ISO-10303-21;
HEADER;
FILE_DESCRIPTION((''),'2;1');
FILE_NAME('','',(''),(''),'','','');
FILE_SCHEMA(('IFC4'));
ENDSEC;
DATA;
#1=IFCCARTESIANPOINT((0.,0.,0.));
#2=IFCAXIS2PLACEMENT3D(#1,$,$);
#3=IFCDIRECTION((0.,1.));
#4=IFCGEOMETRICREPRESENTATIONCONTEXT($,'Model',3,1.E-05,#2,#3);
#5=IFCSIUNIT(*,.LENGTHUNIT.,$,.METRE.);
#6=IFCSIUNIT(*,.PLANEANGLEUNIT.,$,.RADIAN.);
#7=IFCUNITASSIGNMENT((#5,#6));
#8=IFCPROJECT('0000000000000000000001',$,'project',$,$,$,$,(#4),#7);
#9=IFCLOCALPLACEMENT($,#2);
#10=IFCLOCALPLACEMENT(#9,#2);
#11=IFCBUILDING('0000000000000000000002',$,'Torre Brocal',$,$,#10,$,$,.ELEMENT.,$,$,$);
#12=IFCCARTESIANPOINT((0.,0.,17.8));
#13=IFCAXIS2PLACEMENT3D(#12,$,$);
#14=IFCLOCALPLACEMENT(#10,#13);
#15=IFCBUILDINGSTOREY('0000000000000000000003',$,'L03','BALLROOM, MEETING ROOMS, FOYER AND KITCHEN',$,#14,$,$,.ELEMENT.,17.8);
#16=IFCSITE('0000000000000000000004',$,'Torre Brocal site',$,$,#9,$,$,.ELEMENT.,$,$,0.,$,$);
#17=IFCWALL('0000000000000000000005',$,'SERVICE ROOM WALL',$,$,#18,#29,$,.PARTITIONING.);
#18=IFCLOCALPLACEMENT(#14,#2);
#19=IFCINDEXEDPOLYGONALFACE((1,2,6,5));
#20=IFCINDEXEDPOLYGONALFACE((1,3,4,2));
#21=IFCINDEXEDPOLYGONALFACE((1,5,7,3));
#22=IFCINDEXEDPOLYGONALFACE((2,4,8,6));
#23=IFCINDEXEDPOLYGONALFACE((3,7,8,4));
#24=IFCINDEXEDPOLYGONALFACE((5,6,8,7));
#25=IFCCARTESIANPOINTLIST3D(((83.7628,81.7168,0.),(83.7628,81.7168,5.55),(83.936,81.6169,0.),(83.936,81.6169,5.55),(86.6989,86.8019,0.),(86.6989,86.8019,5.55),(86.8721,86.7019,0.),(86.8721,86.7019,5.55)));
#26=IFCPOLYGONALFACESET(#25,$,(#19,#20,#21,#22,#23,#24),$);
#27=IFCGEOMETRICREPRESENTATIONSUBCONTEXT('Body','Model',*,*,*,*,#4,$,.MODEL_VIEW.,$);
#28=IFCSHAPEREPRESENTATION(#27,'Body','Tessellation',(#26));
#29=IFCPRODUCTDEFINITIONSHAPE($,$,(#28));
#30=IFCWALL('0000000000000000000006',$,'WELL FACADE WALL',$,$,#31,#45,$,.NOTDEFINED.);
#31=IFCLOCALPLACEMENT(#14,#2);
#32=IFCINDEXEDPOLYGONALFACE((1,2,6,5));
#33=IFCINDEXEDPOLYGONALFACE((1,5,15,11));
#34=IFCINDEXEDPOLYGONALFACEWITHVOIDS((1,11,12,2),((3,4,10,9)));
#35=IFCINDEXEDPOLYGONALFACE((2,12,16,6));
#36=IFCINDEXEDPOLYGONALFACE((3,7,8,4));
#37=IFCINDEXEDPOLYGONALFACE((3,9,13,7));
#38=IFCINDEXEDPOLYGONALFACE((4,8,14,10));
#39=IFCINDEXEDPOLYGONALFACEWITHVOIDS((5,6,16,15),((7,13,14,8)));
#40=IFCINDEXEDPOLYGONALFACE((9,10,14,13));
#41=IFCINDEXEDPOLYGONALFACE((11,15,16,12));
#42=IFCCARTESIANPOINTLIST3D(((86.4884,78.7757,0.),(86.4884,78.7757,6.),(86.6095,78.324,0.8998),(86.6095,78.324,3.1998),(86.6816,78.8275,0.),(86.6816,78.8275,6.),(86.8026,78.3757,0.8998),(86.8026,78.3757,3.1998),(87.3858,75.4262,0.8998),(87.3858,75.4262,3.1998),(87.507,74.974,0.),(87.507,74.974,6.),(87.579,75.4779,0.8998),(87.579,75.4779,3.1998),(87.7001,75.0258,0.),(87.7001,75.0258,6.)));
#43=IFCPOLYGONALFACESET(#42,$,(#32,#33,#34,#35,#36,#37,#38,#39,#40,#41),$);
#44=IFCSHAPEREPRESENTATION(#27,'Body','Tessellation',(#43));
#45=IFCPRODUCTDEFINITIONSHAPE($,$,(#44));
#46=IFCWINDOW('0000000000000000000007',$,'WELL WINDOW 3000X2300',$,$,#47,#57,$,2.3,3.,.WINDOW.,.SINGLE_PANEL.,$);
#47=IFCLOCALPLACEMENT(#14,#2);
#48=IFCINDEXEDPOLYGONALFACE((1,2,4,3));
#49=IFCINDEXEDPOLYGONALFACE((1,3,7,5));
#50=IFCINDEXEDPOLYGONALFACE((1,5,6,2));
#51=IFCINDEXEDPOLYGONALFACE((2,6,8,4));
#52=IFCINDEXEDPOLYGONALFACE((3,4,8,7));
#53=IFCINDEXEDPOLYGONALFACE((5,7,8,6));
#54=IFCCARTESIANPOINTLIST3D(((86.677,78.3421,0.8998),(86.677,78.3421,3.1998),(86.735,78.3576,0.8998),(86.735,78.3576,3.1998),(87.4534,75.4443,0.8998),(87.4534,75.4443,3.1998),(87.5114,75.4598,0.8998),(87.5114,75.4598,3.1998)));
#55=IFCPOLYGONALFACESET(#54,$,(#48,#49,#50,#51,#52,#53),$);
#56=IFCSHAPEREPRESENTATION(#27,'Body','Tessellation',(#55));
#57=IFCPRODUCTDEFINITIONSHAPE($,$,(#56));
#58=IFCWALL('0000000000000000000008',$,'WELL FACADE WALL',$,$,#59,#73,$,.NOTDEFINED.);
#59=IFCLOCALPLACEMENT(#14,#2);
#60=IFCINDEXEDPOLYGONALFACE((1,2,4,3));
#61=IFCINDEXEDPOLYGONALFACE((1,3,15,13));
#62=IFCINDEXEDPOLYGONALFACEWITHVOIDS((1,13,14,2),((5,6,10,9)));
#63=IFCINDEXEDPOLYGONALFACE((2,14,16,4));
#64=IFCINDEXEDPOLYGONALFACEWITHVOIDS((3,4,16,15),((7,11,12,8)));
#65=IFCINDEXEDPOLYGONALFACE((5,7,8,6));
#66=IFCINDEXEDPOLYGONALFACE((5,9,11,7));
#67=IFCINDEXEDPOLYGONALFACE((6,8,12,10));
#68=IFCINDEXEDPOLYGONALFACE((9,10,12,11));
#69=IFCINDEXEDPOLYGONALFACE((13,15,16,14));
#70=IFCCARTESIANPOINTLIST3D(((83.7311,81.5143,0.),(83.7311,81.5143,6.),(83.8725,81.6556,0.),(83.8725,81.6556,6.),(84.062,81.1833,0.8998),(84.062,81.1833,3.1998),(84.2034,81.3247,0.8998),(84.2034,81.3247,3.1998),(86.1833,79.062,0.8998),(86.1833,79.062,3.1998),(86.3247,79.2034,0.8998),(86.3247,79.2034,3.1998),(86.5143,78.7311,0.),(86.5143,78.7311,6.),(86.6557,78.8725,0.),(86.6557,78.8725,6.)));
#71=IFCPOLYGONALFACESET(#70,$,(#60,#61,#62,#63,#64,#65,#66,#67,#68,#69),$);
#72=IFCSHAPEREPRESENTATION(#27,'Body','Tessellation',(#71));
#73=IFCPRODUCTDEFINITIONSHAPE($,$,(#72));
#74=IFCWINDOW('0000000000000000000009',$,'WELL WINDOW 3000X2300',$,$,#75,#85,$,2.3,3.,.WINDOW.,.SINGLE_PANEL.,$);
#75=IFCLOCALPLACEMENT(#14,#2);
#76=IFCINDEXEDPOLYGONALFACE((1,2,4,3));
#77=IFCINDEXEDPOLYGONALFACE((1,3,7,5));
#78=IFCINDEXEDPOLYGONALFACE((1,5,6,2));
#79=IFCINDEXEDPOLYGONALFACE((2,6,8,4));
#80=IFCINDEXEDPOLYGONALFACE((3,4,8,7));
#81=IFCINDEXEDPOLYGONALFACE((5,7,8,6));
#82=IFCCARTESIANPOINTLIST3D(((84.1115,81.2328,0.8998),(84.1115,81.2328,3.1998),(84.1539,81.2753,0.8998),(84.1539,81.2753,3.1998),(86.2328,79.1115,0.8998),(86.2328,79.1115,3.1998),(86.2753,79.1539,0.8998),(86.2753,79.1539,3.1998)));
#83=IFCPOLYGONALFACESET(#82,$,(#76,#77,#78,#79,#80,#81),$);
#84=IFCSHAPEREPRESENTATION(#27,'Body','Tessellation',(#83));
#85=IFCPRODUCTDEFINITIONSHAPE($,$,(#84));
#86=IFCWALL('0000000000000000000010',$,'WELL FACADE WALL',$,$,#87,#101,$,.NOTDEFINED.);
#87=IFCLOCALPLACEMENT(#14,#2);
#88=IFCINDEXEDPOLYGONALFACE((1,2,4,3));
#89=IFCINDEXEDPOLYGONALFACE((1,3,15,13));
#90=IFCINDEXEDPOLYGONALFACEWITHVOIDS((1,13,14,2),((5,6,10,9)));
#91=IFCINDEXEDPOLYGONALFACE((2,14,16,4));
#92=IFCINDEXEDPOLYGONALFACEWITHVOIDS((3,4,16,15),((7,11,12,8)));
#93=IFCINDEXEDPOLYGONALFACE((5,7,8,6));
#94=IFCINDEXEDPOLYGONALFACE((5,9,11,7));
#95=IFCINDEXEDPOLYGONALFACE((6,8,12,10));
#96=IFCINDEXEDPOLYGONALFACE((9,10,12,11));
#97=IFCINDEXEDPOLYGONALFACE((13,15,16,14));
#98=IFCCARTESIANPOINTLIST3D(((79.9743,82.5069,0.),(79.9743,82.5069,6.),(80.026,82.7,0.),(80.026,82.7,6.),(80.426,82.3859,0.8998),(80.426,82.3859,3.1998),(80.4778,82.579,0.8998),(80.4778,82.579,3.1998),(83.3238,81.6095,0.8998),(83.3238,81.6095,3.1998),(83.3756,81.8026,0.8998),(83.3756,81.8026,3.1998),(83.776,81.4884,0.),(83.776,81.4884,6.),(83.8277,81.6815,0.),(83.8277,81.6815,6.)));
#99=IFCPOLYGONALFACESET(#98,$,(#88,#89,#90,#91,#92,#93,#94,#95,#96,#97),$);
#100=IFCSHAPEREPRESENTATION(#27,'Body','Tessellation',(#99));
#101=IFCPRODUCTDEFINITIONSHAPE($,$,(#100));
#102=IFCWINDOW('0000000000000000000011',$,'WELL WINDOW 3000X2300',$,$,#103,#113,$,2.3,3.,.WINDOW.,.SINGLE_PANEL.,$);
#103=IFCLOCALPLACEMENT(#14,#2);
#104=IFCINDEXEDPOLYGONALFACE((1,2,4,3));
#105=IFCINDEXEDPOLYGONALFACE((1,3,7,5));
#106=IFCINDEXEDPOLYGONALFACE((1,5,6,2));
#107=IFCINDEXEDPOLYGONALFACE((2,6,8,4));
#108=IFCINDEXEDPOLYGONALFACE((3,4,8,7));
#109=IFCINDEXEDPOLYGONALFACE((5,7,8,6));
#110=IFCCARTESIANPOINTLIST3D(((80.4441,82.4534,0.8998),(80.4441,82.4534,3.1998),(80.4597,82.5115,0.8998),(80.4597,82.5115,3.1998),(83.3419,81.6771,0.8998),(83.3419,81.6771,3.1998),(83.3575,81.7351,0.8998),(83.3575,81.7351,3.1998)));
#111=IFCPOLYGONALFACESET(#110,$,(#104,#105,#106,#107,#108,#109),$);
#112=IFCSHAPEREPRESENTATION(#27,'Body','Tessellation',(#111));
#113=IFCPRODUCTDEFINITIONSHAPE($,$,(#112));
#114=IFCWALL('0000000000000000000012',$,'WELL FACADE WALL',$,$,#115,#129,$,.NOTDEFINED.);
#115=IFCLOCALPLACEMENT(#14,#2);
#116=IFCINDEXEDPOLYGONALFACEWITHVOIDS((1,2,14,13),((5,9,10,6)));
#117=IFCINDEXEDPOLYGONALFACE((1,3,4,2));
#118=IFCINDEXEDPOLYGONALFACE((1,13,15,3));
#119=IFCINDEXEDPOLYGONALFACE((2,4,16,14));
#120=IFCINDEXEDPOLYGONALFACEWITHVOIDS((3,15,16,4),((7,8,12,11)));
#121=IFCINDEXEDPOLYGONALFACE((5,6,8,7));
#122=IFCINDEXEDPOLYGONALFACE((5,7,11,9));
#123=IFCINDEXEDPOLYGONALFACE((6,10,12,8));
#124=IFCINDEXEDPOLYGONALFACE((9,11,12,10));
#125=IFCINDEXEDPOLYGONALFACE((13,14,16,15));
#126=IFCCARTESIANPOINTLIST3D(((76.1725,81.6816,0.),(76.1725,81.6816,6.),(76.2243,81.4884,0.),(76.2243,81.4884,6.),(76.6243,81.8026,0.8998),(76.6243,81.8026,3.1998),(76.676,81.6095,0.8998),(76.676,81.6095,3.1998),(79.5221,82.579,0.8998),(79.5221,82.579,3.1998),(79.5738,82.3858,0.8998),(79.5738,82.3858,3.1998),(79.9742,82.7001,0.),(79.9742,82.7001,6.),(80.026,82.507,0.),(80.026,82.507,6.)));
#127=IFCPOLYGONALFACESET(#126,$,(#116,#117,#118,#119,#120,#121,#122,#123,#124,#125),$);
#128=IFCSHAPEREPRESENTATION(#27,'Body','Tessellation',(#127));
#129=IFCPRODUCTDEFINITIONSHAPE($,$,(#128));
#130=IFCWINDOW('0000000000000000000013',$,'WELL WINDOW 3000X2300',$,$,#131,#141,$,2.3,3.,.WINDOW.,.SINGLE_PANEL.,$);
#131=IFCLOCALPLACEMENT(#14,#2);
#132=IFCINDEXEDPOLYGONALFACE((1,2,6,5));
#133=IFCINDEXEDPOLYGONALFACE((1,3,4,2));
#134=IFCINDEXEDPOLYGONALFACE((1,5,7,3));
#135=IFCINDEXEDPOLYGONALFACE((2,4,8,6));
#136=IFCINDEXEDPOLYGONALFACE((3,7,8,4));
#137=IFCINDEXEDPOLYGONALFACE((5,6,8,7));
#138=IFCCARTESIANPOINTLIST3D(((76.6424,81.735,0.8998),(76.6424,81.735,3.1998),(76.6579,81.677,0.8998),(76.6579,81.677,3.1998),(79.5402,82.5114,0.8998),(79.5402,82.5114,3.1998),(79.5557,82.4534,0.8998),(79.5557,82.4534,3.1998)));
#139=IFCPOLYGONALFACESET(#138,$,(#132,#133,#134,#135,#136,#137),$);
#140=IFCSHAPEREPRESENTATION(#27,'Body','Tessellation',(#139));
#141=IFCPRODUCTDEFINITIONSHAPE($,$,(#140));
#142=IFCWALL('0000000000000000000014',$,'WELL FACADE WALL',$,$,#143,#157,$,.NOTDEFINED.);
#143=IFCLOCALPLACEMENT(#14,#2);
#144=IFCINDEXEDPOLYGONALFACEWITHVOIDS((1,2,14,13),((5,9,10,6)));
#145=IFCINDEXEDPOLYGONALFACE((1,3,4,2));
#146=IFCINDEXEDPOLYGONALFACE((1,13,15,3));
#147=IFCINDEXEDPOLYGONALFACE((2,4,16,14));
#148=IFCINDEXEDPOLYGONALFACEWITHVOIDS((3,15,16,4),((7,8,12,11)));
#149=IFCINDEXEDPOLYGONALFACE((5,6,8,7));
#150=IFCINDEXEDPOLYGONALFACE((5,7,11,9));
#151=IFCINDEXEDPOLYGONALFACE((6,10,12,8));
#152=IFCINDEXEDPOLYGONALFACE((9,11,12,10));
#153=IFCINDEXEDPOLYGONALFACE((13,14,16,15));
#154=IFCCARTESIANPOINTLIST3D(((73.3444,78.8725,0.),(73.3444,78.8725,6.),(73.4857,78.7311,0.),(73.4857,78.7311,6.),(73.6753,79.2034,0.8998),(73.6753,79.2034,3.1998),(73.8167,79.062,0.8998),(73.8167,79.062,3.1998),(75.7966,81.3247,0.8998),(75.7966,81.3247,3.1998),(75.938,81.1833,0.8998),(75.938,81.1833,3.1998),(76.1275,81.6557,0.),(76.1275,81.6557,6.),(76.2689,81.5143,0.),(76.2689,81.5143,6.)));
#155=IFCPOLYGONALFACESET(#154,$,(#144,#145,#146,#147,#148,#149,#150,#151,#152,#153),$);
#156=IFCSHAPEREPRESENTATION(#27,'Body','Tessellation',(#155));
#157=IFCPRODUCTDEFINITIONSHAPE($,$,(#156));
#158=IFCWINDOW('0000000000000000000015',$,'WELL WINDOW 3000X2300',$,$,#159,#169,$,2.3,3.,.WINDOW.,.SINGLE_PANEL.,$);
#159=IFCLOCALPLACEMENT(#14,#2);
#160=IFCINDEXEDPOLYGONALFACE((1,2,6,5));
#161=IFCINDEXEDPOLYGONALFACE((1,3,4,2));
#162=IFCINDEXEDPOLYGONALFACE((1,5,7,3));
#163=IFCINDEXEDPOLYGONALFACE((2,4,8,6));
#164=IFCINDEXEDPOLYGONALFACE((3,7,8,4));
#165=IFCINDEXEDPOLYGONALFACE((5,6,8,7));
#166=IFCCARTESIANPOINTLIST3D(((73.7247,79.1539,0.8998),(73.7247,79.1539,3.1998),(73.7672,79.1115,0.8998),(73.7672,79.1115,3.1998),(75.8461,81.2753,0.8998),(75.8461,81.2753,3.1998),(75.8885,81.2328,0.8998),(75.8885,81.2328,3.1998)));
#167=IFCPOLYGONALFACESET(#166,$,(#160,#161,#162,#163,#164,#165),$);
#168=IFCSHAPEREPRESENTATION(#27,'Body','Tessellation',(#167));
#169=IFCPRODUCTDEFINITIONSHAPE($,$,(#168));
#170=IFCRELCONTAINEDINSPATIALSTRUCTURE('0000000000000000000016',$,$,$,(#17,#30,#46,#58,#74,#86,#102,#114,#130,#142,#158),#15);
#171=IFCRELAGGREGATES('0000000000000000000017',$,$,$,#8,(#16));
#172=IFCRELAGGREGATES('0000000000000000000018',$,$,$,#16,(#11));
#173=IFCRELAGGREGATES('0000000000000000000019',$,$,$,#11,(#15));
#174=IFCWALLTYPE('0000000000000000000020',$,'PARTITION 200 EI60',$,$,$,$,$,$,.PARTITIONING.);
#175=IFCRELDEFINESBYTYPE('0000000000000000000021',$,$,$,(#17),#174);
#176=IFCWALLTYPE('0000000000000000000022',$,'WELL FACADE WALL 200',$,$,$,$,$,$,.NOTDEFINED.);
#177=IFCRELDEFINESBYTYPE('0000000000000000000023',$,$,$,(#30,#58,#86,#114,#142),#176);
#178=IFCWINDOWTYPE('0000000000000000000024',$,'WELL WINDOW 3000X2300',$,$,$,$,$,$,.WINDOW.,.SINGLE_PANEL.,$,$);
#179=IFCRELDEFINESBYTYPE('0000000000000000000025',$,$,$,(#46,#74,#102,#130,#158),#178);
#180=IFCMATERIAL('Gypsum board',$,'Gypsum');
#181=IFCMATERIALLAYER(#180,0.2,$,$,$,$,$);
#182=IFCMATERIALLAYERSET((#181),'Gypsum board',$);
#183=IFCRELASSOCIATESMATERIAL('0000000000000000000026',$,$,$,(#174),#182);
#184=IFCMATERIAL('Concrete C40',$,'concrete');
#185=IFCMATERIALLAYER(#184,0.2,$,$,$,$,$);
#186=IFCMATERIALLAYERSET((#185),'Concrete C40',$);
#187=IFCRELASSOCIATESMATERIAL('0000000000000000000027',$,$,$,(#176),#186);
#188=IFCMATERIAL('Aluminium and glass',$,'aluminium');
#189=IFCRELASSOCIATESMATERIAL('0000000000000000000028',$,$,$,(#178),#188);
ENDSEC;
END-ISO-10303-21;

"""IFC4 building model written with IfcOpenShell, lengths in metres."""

from ifc_helpers import new_model, si_unit, direction, frame, frame_2d, origin, place, context, subcontext, project, spatial, rectangle, extrude, material, layer, layer_set, type_object, element, fill, save


model = new_model("IFC4")

# Units and contexts
model_context = context("Model", 3, precision=1e-05, world=origin(), true_north=direction((0.0, 1.0)))
body_context = subcontext(model_context, "Body", "Model", "MODEL_VIEW")
ifc_project = project(units=[si_unit("LENGTHUNIT", "METRE"), si_unit("PLANEANGLEUNIT", "RADIAN")], contexts=[model_context])

# Site, building, storey
site_placement = place(None, origin())
site = spatial("IfcSite", under=ifc_project, at=site_placement, Name="Torre Brocal site", CompositionType="ELEMENT", RefElevation=0.0)
building_placement = place(site_placement, origin())
building = spatial("IfcBuilding", under=site, at=building_placement, Name="Torre Brocal", CompositionType="ELEMENT")
storey_placement = place(building_placement, frame((0.0, 0.0, 17.8)))
storey = spatial("IfcBuildingStorey", under=building, at=storey_placement, Name="L03", Description="BALLROOM, MEETING ROOMS, FOYER AND KITCHEN", CompositionType="ELEMENT", Elevation=17.8)

# Wall
ifc_material_1 = material(Name="Gypsum board", Category="Gypsum")
ifc_layer_1 = layer(ifc_material_1, 0.2)
ifc_layer_set_1 = layer_set([ifc_layer_1], Name="Gypsum board")
wall_type_1 = type_object("IfcWallType", Name="PARTITION 200 EI60", PredefinedType="PARTITIONING", material=ifc_layer_set_1)
wall_1_placement = place(storey_placement, frame((83.8494, 81.6667, 0.0), z_axis=(0.0, 0.0, 1.0), x_axis=(0.50003, 0.866008, 0.0)))
element("IfcWall", 1, at=wall_1_placement, inside=storey, type_object=wall_type_1, Name="SERVICE ROOM WALL", PredefinedType="PARTITIONING", context=body_context, shape_type="SweptSolid", body=[
    extrude(rectangle(XDim=5.8718, YDim=0.2, at=frame_2d((2.936, 0.0))), origin(), (0.0, 0.0, 1.0), 5.55),
])

# Walls, openings, windows
ifc_material_2 = material(Name="Concrete C40", Category="concrete")
ifc_layer_2 = layer(ifc_material_2, 0.2)
ifc_layer_set_2 = layer_set([ifc_layer_2], Name="Concrete C40")
wall_type_2 = type_object("IfcWallType", Name="WELL FACADE WALL 200", PredefinedType="NOTDEFINED", material=ifc_layer_set_2)
wall_2_placement = place(storey_placement, frame((87.6035, 75.0, 0.0), z_axis=(0.0, 0.0, 1.0), x_axis=(-0.25879, 0.965934, 0.0)))
wall_2 = element("IfcWall", 2, at=wall_2_placement, inside=storey, type_object=wall_type_2, Name="WELL FACADE WALL", PredefinedType="NOTDEFINED", context=body_context, shape_type="SweptSolid", body=[
    extrude(rectangle(XDim=3.9358, YDim=0.2, at=frame_2d((1.9678, 0.0))), origin(), (0.0, 0.0, 1.0), 6.0),
])
opening_1_placement = place(wall_2_placement, frame((0.468, 0.0, 0.8999)))
opening_1 = element("IfcOpeningElement", 3, at=opening_1_placement, cuts=wall_2, PredefinedType="OPENING", context=body_context, shape_type="SweptSolid", body=[
    extrude(rectangle(XDim=3.0, YDim=2.3, at=frame_2d((1.5, 1.1499))), frame((0.0, 0.1099, 0.0), z_axis=(0.0, -1.0, 0.0), x_axis=(1.0, 0.0, 0.0)), (0.0, 0.0, 1.0), 0.22),
])
ifc_material_3 = material(Name="Aluminium and glass", Category="aluminium")
window_type = type_object("IfcWindowType", Name="WELL WINDOW 3000X2300", PartitioningType="SINGLE_PANEL", PredefinedType="WINDOW", material=ifc_material_3)
window_1_placement = place(opening_1_placement, origin())
window_1 = element("IfcWindow", 4, at=window_1_placement, inside=storey, type_object=window_type, Name="WELL WINDOW 3000X2300", OverallHeight=2.3, OverallWidth=3.0, PartitioningType="SINGLE_PANEL", PredefinedType="WINDOW", context=body_context, shape_type="SweptSolid", body=[
    extrude(rectangle(XDim=3.0, YDim=2.3, at=frame_2d((1.5, 1.1499))), frame((0.0, 0.03, 0.0), z_axis=(0.0, -1.0, 0.0), x_axis=(1.0, 0.0, 0.0)), (0.0, 0.0, 1.0), 0.0601),
])
fill(opening_1, window_1)
wall_3_placement = place(storey_placement, frame((86.585, 78.8018, 0.0), z_axis=(0.0, 0.0, 1.0), x_axis=(-0.707107, 0.707107, 0.0)))
wall_3 = element("IfcWall", 5, at=wall_3_placement, inside=storey, type_object=wall_type_2, Name="WELL FACADE WALL", PredefinedType="NOTDEFINED", context=body_context, shape_type="SweptSolid", body=[
    extrude(rectangle(XDim=3.936, YDim=0.2, at=frame_2d((1.968, 0.0))), origin(), (0.0, 0.0, 1.0), 6.0),
])
opening_2_placement = place(wall_3_placement, frame((0.468, 0.0, 0.8999)))
opening_2 = element("IfcOpeningElement", 6, at=opening_2_placement, cuts=wall_3, PredefinedType="OPENING", context=body_context, shape_type="SweptSolid", body=[
    extrude(rectangle(XDim=3.0, YDim=2.3, at=frame_2d((1.5, 1.1499))), frame((0.0, 0.1099, 0.0), z_axis=(0.0, -1.0, 0.0), x_axis=(1.0, 0.0, 0.0)), (0.0, 0.0, 1.0), 0.22),
])
window_2_placement = place(opening_2_placement, origin())
window_2 = element("IfcWindow", 7, at=window_2_placement, inside=storey, type_object=window_type, Name="WELL WINDOW 3000X2300", OverallHeight=2.3, OverallWidth=3.0, PartitioningType="SINGLE_PANEL", PredefinedType="WINDOW", context=body_context, shape_type="SweptSolid", body=[
    extrude(rectangle(XDim=3.0, YDim=2.3, at=frame_2d((1.5, 1.1499))), frame((0.0, 0.03, 0.0), z_axis=(0.0, -1.0, 0.0), x_axis=(1.0, 0.0, 0.0)), (0.0, 0.0, 1.0), 0.0601),
])
fill(opening_2, window_2)
wall_4_placement = place(storey_placement, frame((83.8018, 81.585, 0.0), z_axis=(0.0, 0.0, 1.0), x_axis=(-0.965934, 0.25879, 0.0)))
wall_4 = element("IfcWall", 8, at=wall_4_placement, inside=storey, type_object=wall_type_2, Name="WELL FACADE WALL", PredefinedType="NOTDEFINED", context=body_context, shape_type="SweptSolid", body=[
    extrude(rectangle(XDim=3.9358, YDim=0.2, at=frame_2d((1.9678, 0.0))), origin(), (0.0, 0.0, 1.0), 6.0),
])
opening_3_placement = place(wall_4_placement, frame((0.468, 0.0, 0.8999)))
opening_3 = element("IfcOpeningElement", 9, at=opening_3_placement, cuts=wall_4, PredefinedType="OPENING", context=body_context, shape_type="SweptSolid", body=[
    extrude(rectangle(XDim=3.0, YDim=2.3, at=frame_2d((1.5, 1.1499))), frame((0.0, 0.1099, 0.0), z_axis=(0.0, -1.0, 0.0), x_axis=(1.0, 0.0, 0.0)), (0.0, 0.0, 1.0), 0.22),
])
window_3_placement = place(opening_3_placement, origin())
window_3 = element("IfcWindow", 10, at=window_3_placement, inside=storey, type_object=window_type, Name="WELL WINDOW 3000X2300", OverallHeight=2.3, OverallWidth=3.0, PartitioningType="SINGLE_PANEL", PredefinedType="WINDOW", context=body_context, shape_type="SweptSolid", body=[
    extrude(rectangle(XDim=3.0, YDim=2.3, at=frame_2d((1.5, 1.1499))), frame((0.0, 0.03, 0.0), z_axis=(0.0, -1.0, 0.0), x_axis=(1.0, 0.0, 0.0)), (0.0, 0.0, 1.0), 0.0601),
])
fill(opening_3, window_3)
wall_5_placement = place(storey_placement, frame((80.0, 82.6035, 0.0), z_axis=(0.0, 0.0, 1.0), x_axis=(-0.965934, -0.25879, 0.0)))
wall_5 = element("IfcWall", 11, at=wall_5_placement, inside=storey, type_object=wall_type_2, Name="WELL FACADE WALL", PredefinedType="NOTDEFINED", context=body_context, shape_type="SweptSolid", body=[
    extrude(rectangle(XDim=3.9358, YDim=0.2, at=frame_2d((1.9678, 0.0))), origin(), (0.0, 0.0, 1.0), 6.0),
])
opening_4_placement = place(wall_5_placement, frame((0.468, 0.0, 0.8999)))
opening_4 = element("IfcOpeningElement", 12, at=opening_4_placement, cuts=wall_5, PredefinedType="OPENING", context=body_context, shape_type="SweptSolid", body=[
    extrude(rectangle(XDim=3.0, YDim=2.3, at=frame_2d((1.5, 1.1499))), frame((0.0, 0.1099, 0.0), z_axis=(0.0, -1.0, 0.0), x_axis=(1.0, 0.0, 0.0)), (0.0, 0.0, 1.0), 0.22),
])
window_4_placement = place(opening_4_placement, origin())
window_4 = element("IfcWindow", 13, at=window_4_placement, inside=storey, type_object=window_type, Name="WELL WINDOW 3000X2300", OverallHeight=2.3, OverallWidth=3.0, PartitioningType="SINGLE_PANEL", PredefinedType="WINDOW", context=body_context, shape_type="SweptSolid", body=[
    extrude(rectangle(XDim=3.0, YDim=2.3, at=frame_2d((1.5, 1.1499))), frame((0.0, 0.03, 0.0), z_axis=(0.0, -1.0, 0.0), x_axis=(1.0, 0.0, 0.0)), (0.0, 0.0, 1.0), 0.0601),
])
fill(opening_4, window_4)
wall_6_placement = place(storey_placement, frame((76.1982, 81.585, 0.0), z_axis=(0.0, 0.0, 1.0), x_axis=(-0.707107, -0.707107, 0.0)))
wall_6 = element("IfcWall", 14, at=wall_6_placement, inside=storey, type_object=wall_type_2, Name="WELL FACADE WALL", PredefinedType="NOTDEFINED", context=body_context, shape_type="SweptSolid", body=[
    extrude(rectangle(XDim=3.936, YDim=0.2, at=frame_2d((1.968, 0.0))), origin(), (0.0, 0.0, 1.0), 6.0),
])
opening_5_placement = place(wall_6_placement, frame((0.468, 0.0, 0.8999)))
opening_5 = element("IfcOpeningElement", 15, at=opening_5_placement, cuts=wall_6, PredefinedType="OPENING", context=body_context, shape_type="SweptSolid", body=[
    extrude(rectangle(XDim=3.0, YDim=2.3, at=frame_2d((1.5, 1.1499))), frame((0.0, 0.1099, 0.0), z_axis=(0.0, -1.0, 0.0), x_axis=(1.0, 0.0, 0.0)), (0.0, 0.0, 1.0), 0.22),
])
window_5_placement = place(opening_5_placement, origin())
window_5 = element("IfcWindow", 16, at=window_5_placement, inside=storey, type_object=window_type, Name="WELL WINDOW 3000X2300", OverallHeight=2.3, OverallWidth=3.0, PartitioningType="SINGLE_PANEL", PredefinedType="WINDOW", context=body_context, shape_type="SweptSolid", body=[
    extrude(rectangle(XDim=3.0, YDim=2.3, at=frame_2d((1.5, 1.1499))), frame((0.0, 0.03, 0.0), z_axis=(0.0, -1.0, 0.0), x_axis=(1.0, 0.0, 0.0)), (0.0, 0.0, 1.0), 0.0601),
])
fill(opening_5, window_5)

save(model, "model.ifc")
